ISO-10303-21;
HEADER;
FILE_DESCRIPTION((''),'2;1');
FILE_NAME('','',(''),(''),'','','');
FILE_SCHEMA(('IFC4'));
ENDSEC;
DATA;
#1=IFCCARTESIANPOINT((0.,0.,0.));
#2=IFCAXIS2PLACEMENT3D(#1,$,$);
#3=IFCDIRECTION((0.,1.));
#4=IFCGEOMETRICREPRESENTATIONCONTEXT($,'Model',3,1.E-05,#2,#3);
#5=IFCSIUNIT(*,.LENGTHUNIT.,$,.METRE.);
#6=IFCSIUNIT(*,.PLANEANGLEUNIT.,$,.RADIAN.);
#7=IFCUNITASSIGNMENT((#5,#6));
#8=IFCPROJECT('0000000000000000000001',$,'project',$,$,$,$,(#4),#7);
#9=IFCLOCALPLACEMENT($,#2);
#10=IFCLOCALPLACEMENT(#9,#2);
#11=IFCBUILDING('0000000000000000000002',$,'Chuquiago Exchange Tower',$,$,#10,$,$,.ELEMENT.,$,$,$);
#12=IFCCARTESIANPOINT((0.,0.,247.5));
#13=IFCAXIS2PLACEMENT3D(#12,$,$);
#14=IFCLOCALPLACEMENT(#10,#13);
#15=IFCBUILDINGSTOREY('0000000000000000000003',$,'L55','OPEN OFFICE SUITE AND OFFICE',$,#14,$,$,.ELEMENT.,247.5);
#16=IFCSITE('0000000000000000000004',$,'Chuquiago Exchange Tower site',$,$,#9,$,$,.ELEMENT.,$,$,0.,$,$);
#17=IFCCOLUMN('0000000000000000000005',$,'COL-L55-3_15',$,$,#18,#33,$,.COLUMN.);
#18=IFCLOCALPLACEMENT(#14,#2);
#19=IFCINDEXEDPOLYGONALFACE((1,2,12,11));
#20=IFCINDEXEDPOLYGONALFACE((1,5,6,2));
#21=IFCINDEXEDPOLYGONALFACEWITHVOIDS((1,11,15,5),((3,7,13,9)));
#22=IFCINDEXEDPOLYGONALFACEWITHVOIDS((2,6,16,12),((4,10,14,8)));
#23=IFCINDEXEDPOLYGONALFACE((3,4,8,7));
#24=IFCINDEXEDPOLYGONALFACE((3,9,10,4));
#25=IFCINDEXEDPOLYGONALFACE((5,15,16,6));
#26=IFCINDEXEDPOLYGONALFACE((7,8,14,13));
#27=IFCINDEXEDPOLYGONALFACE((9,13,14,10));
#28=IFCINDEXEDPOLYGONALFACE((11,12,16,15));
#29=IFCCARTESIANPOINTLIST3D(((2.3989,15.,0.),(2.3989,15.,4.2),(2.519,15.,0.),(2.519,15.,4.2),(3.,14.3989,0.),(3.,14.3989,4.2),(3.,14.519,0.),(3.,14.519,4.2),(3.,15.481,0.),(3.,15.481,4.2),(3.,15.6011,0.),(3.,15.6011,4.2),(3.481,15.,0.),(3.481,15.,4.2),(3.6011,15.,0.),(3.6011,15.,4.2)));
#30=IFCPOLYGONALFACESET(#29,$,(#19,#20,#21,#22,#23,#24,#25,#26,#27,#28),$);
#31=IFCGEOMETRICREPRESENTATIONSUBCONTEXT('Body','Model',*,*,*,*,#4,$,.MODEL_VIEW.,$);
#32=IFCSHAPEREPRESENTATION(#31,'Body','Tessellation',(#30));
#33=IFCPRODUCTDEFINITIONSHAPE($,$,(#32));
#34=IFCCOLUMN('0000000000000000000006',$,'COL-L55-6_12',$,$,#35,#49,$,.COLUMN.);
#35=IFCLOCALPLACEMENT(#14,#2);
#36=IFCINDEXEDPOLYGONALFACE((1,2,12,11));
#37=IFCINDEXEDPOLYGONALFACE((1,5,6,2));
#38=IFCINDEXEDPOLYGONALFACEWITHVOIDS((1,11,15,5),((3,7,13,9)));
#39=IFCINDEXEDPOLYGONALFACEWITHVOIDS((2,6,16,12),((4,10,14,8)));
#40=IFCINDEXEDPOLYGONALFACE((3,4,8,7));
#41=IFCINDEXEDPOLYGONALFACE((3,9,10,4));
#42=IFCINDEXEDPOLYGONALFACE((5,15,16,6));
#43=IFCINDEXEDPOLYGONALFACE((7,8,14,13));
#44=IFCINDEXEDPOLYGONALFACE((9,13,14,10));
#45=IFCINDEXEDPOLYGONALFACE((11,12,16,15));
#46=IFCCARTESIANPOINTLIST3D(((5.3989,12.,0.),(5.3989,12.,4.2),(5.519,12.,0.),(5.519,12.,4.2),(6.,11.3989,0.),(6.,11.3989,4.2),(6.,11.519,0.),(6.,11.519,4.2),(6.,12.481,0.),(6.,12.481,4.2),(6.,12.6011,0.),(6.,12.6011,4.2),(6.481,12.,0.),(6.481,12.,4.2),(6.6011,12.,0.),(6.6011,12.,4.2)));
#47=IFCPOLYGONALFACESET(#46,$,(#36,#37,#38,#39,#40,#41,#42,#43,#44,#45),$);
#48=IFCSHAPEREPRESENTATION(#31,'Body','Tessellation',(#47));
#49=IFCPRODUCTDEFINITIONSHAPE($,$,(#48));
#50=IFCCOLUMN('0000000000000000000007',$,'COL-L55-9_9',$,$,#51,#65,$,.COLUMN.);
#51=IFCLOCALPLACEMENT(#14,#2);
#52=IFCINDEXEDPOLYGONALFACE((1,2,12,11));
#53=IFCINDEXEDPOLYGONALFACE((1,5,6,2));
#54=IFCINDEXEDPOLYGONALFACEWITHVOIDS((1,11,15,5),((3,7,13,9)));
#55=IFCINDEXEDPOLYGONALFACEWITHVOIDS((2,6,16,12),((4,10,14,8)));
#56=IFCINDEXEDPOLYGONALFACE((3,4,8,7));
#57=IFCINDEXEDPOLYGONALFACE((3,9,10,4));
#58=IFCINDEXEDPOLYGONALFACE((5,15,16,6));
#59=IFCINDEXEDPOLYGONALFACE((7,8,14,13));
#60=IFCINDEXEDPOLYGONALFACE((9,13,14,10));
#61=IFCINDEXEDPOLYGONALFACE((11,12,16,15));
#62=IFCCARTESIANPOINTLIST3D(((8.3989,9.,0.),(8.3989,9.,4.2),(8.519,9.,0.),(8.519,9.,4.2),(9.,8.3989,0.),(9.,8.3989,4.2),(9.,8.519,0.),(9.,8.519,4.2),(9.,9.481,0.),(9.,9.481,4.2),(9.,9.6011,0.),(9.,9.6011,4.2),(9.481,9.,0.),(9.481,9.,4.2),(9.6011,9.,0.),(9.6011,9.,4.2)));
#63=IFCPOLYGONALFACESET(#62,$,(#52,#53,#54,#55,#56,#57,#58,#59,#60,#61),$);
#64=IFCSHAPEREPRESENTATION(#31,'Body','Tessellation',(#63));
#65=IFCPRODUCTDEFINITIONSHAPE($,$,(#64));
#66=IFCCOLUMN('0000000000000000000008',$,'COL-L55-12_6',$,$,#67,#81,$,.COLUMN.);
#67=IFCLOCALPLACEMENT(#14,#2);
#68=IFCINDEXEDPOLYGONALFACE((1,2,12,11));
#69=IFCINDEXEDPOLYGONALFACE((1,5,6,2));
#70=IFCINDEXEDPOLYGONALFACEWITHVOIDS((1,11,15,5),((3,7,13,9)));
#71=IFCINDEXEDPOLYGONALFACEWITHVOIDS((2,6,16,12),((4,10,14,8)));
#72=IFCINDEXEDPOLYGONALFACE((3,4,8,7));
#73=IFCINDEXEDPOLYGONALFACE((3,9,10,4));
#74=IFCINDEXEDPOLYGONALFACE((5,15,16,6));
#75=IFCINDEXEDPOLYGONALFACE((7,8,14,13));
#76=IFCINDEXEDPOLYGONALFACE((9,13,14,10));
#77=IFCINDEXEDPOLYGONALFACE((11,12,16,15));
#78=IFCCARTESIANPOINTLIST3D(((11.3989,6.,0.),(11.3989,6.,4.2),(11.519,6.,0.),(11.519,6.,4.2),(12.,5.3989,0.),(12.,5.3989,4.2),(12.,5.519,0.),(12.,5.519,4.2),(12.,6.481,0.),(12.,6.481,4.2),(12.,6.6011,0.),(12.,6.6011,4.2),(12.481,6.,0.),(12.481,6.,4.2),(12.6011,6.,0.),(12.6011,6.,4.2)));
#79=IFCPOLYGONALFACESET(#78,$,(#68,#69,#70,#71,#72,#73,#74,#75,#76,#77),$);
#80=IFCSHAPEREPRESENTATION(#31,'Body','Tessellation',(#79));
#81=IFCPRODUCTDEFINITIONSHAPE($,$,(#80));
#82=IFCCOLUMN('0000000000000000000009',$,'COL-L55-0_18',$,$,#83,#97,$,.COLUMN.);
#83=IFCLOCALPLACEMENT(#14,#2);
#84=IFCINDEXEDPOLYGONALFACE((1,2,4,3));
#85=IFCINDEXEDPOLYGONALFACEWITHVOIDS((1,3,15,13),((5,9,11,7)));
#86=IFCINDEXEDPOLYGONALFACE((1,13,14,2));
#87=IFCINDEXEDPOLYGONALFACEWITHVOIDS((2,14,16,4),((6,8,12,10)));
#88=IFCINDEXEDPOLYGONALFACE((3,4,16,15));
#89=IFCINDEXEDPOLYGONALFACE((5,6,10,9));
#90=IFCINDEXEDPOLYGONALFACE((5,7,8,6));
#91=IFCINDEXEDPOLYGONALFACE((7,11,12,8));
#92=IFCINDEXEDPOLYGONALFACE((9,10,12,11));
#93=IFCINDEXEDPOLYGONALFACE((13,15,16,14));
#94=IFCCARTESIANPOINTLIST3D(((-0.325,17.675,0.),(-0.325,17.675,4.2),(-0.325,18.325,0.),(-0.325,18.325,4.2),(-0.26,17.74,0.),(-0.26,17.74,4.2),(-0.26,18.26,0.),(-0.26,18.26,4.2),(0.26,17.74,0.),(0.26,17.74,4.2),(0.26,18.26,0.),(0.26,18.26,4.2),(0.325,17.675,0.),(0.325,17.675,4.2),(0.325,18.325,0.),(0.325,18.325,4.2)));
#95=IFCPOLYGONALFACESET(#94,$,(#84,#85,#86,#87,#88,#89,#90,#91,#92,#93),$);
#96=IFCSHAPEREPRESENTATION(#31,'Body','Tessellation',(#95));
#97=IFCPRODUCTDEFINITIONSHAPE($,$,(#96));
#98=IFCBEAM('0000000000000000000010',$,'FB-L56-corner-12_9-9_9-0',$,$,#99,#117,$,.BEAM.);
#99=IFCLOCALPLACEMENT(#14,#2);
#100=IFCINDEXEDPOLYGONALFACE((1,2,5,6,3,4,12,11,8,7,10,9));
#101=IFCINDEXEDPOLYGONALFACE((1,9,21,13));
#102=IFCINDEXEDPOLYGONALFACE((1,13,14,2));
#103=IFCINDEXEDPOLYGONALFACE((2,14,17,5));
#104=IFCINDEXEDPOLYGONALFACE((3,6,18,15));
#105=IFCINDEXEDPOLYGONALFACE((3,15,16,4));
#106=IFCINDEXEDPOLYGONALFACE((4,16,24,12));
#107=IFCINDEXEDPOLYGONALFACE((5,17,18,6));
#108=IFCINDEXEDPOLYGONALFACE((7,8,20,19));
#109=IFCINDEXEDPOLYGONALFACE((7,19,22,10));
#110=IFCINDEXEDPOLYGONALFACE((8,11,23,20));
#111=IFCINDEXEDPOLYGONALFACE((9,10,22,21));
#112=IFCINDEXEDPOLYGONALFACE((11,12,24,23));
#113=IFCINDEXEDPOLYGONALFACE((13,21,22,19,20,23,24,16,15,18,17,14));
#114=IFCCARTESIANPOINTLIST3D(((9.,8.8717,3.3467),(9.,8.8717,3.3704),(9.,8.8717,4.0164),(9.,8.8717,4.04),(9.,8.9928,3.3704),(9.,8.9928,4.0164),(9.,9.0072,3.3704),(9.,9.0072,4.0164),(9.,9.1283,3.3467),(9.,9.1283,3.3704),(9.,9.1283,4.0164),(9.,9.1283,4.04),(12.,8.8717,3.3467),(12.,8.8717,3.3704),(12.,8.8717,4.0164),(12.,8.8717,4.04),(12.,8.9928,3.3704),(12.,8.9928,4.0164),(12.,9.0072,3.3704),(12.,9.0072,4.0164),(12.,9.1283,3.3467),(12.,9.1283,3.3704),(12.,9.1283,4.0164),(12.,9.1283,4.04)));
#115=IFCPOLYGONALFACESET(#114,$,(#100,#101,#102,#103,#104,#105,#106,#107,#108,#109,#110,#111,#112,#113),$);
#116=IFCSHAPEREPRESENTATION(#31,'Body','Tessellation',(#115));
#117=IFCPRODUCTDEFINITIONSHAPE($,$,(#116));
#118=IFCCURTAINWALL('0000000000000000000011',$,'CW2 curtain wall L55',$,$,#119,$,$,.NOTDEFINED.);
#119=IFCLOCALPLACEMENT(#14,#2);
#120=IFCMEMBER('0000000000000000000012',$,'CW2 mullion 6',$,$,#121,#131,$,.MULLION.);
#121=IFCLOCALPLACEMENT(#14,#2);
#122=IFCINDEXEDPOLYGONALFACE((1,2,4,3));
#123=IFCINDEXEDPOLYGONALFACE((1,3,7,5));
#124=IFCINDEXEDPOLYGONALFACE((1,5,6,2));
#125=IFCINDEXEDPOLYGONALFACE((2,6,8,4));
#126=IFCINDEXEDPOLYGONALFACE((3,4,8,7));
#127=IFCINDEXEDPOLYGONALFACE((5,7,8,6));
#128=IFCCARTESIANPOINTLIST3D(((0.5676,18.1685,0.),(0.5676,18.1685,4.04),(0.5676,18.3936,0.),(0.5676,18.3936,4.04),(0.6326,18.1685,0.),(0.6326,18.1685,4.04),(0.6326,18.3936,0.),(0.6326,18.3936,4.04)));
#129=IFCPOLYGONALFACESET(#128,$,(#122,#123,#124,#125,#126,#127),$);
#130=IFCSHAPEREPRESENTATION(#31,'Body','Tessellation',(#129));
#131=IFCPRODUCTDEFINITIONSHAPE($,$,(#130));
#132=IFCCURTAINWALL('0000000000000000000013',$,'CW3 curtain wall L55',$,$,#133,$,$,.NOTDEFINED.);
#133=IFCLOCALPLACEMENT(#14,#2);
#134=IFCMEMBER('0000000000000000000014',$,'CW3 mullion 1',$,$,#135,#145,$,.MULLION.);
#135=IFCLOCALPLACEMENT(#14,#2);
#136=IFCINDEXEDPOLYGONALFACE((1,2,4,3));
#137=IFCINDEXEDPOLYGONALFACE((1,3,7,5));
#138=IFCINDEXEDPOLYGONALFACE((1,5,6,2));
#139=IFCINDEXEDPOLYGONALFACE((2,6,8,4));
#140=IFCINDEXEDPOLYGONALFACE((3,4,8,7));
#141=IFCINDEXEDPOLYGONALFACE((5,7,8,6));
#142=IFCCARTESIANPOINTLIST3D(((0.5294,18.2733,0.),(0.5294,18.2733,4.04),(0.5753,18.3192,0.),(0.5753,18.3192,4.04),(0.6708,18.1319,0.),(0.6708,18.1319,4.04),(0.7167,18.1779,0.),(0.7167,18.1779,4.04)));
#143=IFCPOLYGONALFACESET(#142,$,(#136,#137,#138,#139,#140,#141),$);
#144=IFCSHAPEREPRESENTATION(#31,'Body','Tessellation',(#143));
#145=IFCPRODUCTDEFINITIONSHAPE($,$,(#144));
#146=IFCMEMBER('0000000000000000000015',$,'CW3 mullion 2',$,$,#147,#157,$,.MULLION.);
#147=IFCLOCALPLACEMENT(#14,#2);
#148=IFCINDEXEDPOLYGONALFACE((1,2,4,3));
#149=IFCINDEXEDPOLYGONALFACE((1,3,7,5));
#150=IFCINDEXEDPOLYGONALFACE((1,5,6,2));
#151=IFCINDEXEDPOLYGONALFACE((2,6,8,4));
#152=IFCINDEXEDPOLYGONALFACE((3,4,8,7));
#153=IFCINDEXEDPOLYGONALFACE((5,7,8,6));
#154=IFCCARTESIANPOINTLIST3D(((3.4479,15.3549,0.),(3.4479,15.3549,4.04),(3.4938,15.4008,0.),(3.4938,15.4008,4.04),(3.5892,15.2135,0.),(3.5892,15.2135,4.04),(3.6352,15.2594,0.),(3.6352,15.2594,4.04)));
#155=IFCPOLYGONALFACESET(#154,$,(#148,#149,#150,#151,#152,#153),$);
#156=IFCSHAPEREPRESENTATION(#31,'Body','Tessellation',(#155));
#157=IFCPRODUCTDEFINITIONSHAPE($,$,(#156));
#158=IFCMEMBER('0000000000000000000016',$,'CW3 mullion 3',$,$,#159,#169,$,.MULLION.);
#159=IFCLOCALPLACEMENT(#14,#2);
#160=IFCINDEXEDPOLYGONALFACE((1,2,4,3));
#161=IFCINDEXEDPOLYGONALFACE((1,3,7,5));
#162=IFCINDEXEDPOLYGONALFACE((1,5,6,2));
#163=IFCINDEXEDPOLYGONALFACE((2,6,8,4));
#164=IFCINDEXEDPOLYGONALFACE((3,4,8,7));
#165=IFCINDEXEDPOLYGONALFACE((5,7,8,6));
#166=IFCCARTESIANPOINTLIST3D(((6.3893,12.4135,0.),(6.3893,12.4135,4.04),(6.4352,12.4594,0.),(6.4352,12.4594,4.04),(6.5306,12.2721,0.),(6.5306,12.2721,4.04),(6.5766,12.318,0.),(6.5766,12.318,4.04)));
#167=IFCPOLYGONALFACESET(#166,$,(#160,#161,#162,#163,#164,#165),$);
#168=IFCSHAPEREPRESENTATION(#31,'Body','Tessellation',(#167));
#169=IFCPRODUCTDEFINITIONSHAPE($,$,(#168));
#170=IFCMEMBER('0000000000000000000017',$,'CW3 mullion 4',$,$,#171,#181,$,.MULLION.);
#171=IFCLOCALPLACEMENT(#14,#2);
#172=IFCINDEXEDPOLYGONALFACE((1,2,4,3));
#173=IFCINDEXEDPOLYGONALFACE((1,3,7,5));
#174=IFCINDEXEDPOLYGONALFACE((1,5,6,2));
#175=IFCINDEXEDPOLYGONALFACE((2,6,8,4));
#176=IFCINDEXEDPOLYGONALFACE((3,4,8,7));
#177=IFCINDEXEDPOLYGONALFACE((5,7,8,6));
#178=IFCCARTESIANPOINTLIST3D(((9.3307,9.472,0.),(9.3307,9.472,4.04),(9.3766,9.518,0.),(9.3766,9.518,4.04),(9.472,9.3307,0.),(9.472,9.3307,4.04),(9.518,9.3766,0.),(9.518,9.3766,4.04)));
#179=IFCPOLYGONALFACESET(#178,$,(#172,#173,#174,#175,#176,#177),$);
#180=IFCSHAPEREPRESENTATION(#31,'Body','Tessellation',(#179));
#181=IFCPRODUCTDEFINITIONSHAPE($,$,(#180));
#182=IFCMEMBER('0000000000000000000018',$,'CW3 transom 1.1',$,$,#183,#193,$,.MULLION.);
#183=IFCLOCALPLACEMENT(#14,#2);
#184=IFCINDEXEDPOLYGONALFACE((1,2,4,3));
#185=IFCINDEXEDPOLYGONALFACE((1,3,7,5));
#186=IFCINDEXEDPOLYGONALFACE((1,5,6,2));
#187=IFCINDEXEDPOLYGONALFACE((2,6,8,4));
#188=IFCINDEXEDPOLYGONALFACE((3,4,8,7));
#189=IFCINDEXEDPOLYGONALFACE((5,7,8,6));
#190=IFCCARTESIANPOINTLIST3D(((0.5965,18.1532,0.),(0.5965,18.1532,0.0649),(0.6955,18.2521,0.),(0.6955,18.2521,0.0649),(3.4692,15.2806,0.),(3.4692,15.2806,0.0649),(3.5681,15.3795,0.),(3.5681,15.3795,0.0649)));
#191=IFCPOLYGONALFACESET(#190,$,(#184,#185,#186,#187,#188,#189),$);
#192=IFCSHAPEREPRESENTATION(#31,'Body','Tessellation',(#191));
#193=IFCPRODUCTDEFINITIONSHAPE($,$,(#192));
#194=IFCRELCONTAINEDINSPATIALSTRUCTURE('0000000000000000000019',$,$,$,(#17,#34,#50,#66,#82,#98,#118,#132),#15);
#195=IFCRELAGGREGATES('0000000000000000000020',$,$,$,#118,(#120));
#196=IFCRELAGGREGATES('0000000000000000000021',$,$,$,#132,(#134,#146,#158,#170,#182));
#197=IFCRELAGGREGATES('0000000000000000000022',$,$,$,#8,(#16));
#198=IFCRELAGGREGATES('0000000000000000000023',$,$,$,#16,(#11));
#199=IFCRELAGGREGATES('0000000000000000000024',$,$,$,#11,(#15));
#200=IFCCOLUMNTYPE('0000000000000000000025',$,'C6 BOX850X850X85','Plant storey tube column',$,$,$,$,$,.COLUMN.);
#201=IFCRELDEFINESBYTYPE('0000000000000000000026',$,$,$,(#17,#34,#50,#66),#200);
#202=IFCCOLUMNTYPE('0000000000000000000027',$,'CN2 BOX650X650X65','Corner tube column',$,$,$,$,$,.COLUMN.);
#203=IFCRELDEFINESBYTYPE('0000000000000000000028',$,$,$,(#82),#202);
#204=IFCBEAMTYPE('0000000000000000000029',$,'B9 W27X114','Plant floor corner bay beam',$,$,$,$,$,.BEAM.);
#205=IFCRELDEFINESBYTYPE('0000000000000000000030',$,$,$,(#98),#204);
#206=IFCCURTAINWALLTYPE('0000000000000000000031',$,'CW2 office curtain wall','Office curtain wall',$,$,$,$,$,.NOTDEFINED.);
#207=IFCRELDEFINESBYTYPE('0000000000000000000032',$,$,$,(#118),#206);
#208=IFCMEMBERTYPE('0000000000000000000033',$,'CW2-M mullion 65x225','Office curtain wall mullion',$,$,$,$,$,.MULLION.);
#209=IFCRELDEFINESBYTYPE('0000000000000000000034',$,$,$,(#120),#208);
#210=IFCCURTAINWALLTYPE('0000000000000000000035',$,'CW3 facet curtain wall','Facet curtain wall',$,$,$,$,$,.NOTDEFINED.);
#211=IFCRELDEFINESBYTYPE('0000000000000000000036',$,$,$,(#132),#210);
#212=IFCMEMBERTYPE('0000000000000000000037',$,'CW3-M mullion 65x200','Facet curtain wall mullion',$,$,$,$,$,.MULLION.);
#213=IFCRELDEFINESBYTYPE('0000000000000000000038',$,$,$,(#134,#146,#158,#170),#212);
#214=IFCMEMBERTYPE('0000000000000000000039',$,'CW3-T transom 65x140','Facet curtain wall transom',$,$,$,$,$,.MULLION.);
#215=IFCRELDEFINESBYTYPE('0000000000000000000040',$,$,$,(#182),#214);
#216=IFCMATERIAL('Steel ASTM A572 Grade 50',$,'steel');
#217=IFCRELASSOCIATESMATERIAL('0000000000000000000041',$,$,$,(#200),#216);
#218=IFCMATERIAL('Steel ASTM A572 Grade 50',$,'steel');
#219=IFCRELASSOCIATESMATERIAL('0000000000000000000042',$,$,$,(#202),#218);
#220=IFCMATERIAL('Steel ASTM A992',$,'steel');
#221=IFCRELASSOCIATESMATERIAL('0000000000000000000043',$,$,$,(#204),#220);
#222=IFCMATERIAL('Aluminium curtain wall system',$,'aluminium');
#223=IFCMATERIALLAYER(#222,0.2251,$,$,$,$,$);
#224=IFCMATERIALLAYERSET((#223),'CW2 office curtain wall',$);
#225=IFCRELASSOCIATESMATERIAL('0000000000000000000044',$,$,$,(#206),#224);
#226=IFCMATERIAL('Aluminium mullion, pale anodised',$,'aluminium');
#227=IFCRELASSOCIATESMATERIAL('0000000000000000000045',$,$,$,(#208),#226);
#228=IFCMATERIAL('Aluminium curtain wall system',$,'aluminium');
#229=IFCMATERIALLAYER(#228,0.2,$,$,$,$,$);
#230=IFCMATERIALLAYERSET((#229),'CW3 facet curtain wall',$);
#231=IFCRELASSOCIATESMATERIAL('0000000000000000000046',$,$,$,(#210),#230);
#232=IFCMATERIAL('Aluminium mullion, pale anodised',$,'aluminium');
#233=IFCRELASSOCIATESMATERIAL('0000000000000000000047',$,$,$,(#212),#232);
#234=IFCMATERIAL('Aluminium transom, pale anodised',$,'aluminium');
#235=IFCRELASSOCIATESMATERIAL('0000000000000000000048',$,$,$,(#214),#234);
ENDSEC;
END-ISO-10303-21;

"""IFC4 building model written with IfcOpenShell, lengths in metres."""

from ifc_helpers import new_model, si_unit, direction, frame, origin, origin_2d, place, context, subcontext, project, spatial, rectangle, hollow_rectangle, i_section, extrude, material, layer, layer_set, material_profile, profile_set, type_object, element, aggregate, save


model = new_model("IFC4")

# Units and contexts
model_context = context("Model", 3, precision=1e-05, world=origin(), true_north=direction((0.0, 1.0)))
body_context = subcontext(model_context, "Body", "Model", "MODEL_VIEW")
ifc_project = project(units=[si_unit("LENGTHUNIT", "METRE"), si_unit("PLANEANGLEUNIT", "RADIAN")], contexts=[model_context])

# Site, building, storey
site_placement = place(None, origin())
site = spatial("IfcSite", under=ifc_project, at=site_placement, Name="Chuquiago Exchange Tower site", CompositionType="ELEMENT", RefElevation=0.0)
building_placement = place(site_placement, origin())
building = spatial("IfcBuilding", under=site, at=building_placement, Name="Chuquiago Exchange Tower", CompositionType="ELEMENT")
storey_placement = place(building_placement, frame((0.0, 0.0, 247.5)))
storey = spatial("IfcBuildingStorey", under=building, at=storey_placement, Name="L55", Description="OPEN OFFICE SUITE AND OFFICE", CompositionType="ELEMENT", Elevation=247.5)

# Columns
ifc_material_1 = material(Name="Steel ASTM A572 Grade 50", Category="steel")
ifc_material_profile_1 = material_profile(ifc_material_1, hollow_rectangle(XDim=0.8501, YDim=0.8501, WallThickness=0.085, at=origin_2d()), Name="BOX850X850X85")
ifc_profile_set_1 = profile_set([ifc_material_profile_1], Name="Steel ASTM A572 Grade 50")
column_type_1 = type_object("IfcColumnType", Name="C6 BOX850X850X85", Description="Plant storey tube column", PredefinedType="COLUMN", material=ifc_profile_set_1)
for number, where, z_axis, x_axis, name in (
    (1, (3.0, 15.0, 0.0), (0.0, 0.0, 1.0), (-0.707107, -0.707107, 0.0), "COL-L55-3_15"),
    (2, (6.0, 12.0, 0.0), (0.0, 0.0, 1.0), (-0.707107, -0.707107, 0.0), "COL-L55-6_12"),
    (3, (9.0, 9.0, 0.0), (0.0, 0.0, 1.0), (-0.707107, -0.707107, 0.0), "COL-L55-9_9"),
    (4, (12.0, 6.0, 0.0), (0.0, 0.0, 1.0), (-0.707107, -0.707107, 0.0), "COL-L55-12_6"),
):
    element("IfcColumn", number, at=place(storey_placement, frame(where, z_axis=z_axis, x_axis=x_axis)), inside=storey, type_object=column_type_1, Name=name, PredefinedType="COLUMN", context=body_context, shape_type="SweptSolid", body=[
        extrude(hollow_rectangle(XDim=0.8501, YDim=0.8501, WallThickness=0.085, at=origin_2d()), origin(), (0.0, 0.0, 1.0), 4.2),
    ])
ifc_material_2 = material(Name="Steel ASTM A572 Grade 50", Category="steel")
ifc_material_profile_2 = material_profile(ifc_material_2, hollow_rectangle(XDim=0.6499, YDim=0.6499, WallThickness=0.0649, at=origin_2d()), Name="BOX650X650X65")
ifc_profile_set_2 = profile_set([ifc_material_profile_2], Name="Steel ASTM A572 Grade 50")
column_type_2 = type_object("IfcColumnType", Name="CN2 BOX650X650X65", Description="Corner tube column", PredefinedType="COLUMN", material=ifc_profile_set_2)
column_placement = place(storey_placement, frame((0.0, 18.0, 0.0), z_axis=(0.0, 0.0, 1.0), x_axis=(-1.0, 0.0, 0.0)))
element("IfcColumn", 5, at=column_placement, inside=storey, type_object=column_type_2, Name="COL-L55-0_18", PredefinedType="COLUMN", context=body_context, shape_type="SweptSolid", body=[
    extrude(hollow_rectangle(XDim=0.6499, YDim=0.6499, WallThickness=0.0649, at=origin_2d()), origin(), (0.0, 0.0, 1.0), 4.2),
])

# Beam
ifc_material_3 = material(Name="Steel ASTM A992", Category="steel")
ifc_material_profile_3 = material_profile(ifc_material_3, i_section(OverallWidth=0.2566, OverallDepth=0.6934, WebThickness=0.0144, FlangeThickness=0.0237, at=origin_2d()), Name="W27X114")
ifc_profile_set_3 = profile_set([ifc_material_profile_3], Name="Steel ASTM A992")
beam_type_1 = type_object("IfcBeamType", Name="B9 W27X114", Description="Plant floor corner bay beam", PredefinedType="BEAM", material=ifc_profile_set_3)
beam_placement = place(storey_placement, frame((12.0, 9.0, 3.6934), z_axis=(-1.0, 0.0, 0.0), x_axis=(0.0, -1.0, 0.0)))
element("IfcBeam", 6, at=beam_placement, inside=storey, type_object=beam_type_1, Name="FB-L56-corner-12_9-9_9-0", PredefinedType="BEAM", context=body_context, shape_type="SweptSolid", body=[
    extrude(i_section(OverallWidth=0.2566, OverallDepth=0.6934, WebThickness=0.0144, FlangeThickness=0.0237, at=origin_2d()), origin(), (0.0, 0.0, 1.0), 3.0),
])

# Curtain wall, member
ifc_material_4 = material(Name="Aluminium curtain wall system", Category="aluminium")
ifc_layer_1 = layer(ifc_material_4, 0.2251)
ifc_layer_set_1 = layer_set([ifc_layer_1], Name="CW2 office curtain wall")
curtain_wall_type_1 = type_object("IfcCurtainWallType", Name="CW2 office curtain wall", Description="Office curtain wall", PredefinedType="NOTDEFINED", material=ifc_layer_set_1)
curtain_wall_1_placement = place(storey_placement, origin())
curtain_wall_1 = element("IfcCurtainWall", 7, at=curtain_wall_1_placement, inside=storey, type_object=curtain_wall_type_1, Name="CW2 curtain wall L55", PredefinedType="NOTDEFINED")
ifc_material_5 = material(Name="Aluminium mullion, pale anodised", Category="aluminium")
ifc_material_profile_4 = material_profile(ifc_material_5, rectangle(XDim=0.0649, YDim=0.2251, at=origin_2d()), Name="AL 65x225")
ifc_profile_set_4 = profile_set([ifc_material_profile_4], Name="Aluminium mullion, pale anodised")
member_type_1 = type_object("IfcMemberType", Name="CW2-M mullion 65x225", Description="Office curtain wall mullion", PredefinedType="MULLION", material=ifc_profile_set_4)
member_1_placement = place(storey_placement, frame((0.6001, 18.281, 0.0), z_axis=(0.0, 0.0, 1.0), x_axis=(1.0, 0.0, 0.0)))
member_1 = element("IfcMember", 8, at=member_1_placement, type_object=member_type_1, Name="CW2 mullion 6", PredefinedType="MULLION", context=body_context, shape_type="SweptSolid", body=[
    extrude(rectangle(XDim=0.0649, YDim=0.2251, at=origin_2d()), origin(), (0.0, 0.0, 1.0), 4.04),
])
aggregate(curtain_wall_1, [member_1])

# Curtain wall, members
ifc_material_6 = material(Name="Aluminium curtain wall system", Category="aluminium")
ifc_layer_2 = layer(ifc_material_6, 0.2)
ifc_layer_set_2 = layer_set([ifc_layer_2], Name="CW3 facet curtain wall")
curtain_wall_type_2 = type_object("IfcCurtainWallType", Name="CW3 facet curtain wall", Description="Facet curtain wall", PredefinedType="NOTDEFINED", material=ifc_layer_set_2)
curtain_wall_2_placement = place(storey_placement, origin())
curtain_wall_2 = element("IfcCurtainWall", 9, at=curtain_wall_2_placement, inside=storey, type_object=curtain_wall_type_2, Name="CW3 curtain wall L55", PredefinedType="NOTDEFINED")
ifc_material_7 = material(Name="Aluminium mullion, pale anodised", Category="aluminium")
ifc_material_profile_5 = material_profile(ifc_material_7, rectangle(XDim=0.0649, YDim=0.2, at=origin_2d()), Name="AL 65x200")
ifc_profile_set_5 = profile_set([ifc_material_profile_5], Name="Aluminium mullion, pale anodised")
member_type_2 = type_object("IfcMemberType", Name="CW3-M mullion 65x200", Description="Facet curtain wall mullion", PredefinedType="MULLION", material=ifc_profile_set_5)
member_2_placement = place(storey_placement, frame((0.623, 18.2256, 0.0), z_axis=(0.0, 0.0, 1.0), x_axis=(0.707107, 0.707107, 0.0)))
member_2 = element("IfcMember", 10, at=member_2_placement, type_object=member_type_2, Name="CW3 mullion 1", PredefinedType="MULLION", context=body_context, shape_type="SweptSolid", body=[
    extrude(rectangle(XDim=0.0649, YDim=0.2, at=origin_2d()), origin(), (0.0, 0.0, 1.0), 4.04),
])
member_3_placement = place(storey_placement, frame((3.5415, 15.3071, 0.0), z_axis=(0.0, 0.0, 1.0), x_axis=(0.707107, 0.707107, 0.0)))
member_3 = element("IfcMember", 11, at=member_3_placement, type_object=member_type_2, Name="CW3 mullion 2", PredefinedType="MULLION", context=body_context, shape_type="SweptSolid", body=[
    extrude(rectangle(XDim=0.0649, YDim=0.2, at=origin_2d()), origin(), (0.0, 0.0, 1.0), 4.04),
])
member_4_placement = place(storey_placement, frame((6.4829, 12.3657, 0.0), z_axis=(0.0, 0.0, 1.0), x_axis=(0.707107, 0.707107, 0.0)))
member_4 = element("IfcMember", 12, at=member_4_placement, type_object=member_type_2, Name="CW3 mullion 3", PredefinedType="MULLION", context=body_context, shape_type="SweptSolid", body=[
    extrude(rectangle(XDim=0.0649, YDim=0.2, at=origin_2d()), origin(), (0.0, 0.0, 1.0), 4.04),
])
member_5_placement = place(storey_placement, frame((9.4243, 9.4243, 0.0), z_axis=(0.0, 0.0, 1.0), x_axis=(0.707107, 0.707107, 0.0)))
member_5 = element("IfcMember", 13, at=member_5_placement, type_object=member_type_2, Name="CW3 mullion 4", PredefinedType="MULLION", context=body_context, shape_type="SweptSolid", body=[
    extrude(rectangle(XDim=0.0649, YDim=0.2, at=origin_2d()), origin(), (0.0, 0.0, 1.0), 4.04),
])
ifc_material_8 = material(Name="Aluminium transom, pale anodised", Category="aluminium")
ifc_material_profile_6 = material_profile(ifc_material_8, rectangle(XDim=0.1399, YDim=0.0649, at=origin_2d()), Name="AL 140x65")
ifc_profile_set_6 = profile_set([ifc_material_profile_6], Name="Aluminium transom, pale anodised")
member_type_3 = type_object("IfcMemberType", Name="CW3-T transom 65x140", Description="Facet curtain wall transom", PredefinedType="MULLION", material=ifc_profile_set_6)
member_6_placement = place(storey_placement, frame((0.646, 18.2026, 0.0325), z_axis=(0.707107, -0.707107, 0.0), x_axis=(0.707107, 0.707107, 0.0)))
member_6 = element("IfcMember", 14, at=member_6_placement, type_object=member_type_3, Name="CW3 transom 1.1", PredefinedType="MULLION", context=body_context, shape_type="SweptSolid", body=[
    extrude(rectangle(XDim=0.1399, YDim=0.0649, at=origin_2d()), origin(), (0.0, 0.0, 1.0), 4.0625),
])

aggregate(curtain_wall_2, [member_2, member_3, member_4, member_5, member_6])

save(model, "model.ifc")
